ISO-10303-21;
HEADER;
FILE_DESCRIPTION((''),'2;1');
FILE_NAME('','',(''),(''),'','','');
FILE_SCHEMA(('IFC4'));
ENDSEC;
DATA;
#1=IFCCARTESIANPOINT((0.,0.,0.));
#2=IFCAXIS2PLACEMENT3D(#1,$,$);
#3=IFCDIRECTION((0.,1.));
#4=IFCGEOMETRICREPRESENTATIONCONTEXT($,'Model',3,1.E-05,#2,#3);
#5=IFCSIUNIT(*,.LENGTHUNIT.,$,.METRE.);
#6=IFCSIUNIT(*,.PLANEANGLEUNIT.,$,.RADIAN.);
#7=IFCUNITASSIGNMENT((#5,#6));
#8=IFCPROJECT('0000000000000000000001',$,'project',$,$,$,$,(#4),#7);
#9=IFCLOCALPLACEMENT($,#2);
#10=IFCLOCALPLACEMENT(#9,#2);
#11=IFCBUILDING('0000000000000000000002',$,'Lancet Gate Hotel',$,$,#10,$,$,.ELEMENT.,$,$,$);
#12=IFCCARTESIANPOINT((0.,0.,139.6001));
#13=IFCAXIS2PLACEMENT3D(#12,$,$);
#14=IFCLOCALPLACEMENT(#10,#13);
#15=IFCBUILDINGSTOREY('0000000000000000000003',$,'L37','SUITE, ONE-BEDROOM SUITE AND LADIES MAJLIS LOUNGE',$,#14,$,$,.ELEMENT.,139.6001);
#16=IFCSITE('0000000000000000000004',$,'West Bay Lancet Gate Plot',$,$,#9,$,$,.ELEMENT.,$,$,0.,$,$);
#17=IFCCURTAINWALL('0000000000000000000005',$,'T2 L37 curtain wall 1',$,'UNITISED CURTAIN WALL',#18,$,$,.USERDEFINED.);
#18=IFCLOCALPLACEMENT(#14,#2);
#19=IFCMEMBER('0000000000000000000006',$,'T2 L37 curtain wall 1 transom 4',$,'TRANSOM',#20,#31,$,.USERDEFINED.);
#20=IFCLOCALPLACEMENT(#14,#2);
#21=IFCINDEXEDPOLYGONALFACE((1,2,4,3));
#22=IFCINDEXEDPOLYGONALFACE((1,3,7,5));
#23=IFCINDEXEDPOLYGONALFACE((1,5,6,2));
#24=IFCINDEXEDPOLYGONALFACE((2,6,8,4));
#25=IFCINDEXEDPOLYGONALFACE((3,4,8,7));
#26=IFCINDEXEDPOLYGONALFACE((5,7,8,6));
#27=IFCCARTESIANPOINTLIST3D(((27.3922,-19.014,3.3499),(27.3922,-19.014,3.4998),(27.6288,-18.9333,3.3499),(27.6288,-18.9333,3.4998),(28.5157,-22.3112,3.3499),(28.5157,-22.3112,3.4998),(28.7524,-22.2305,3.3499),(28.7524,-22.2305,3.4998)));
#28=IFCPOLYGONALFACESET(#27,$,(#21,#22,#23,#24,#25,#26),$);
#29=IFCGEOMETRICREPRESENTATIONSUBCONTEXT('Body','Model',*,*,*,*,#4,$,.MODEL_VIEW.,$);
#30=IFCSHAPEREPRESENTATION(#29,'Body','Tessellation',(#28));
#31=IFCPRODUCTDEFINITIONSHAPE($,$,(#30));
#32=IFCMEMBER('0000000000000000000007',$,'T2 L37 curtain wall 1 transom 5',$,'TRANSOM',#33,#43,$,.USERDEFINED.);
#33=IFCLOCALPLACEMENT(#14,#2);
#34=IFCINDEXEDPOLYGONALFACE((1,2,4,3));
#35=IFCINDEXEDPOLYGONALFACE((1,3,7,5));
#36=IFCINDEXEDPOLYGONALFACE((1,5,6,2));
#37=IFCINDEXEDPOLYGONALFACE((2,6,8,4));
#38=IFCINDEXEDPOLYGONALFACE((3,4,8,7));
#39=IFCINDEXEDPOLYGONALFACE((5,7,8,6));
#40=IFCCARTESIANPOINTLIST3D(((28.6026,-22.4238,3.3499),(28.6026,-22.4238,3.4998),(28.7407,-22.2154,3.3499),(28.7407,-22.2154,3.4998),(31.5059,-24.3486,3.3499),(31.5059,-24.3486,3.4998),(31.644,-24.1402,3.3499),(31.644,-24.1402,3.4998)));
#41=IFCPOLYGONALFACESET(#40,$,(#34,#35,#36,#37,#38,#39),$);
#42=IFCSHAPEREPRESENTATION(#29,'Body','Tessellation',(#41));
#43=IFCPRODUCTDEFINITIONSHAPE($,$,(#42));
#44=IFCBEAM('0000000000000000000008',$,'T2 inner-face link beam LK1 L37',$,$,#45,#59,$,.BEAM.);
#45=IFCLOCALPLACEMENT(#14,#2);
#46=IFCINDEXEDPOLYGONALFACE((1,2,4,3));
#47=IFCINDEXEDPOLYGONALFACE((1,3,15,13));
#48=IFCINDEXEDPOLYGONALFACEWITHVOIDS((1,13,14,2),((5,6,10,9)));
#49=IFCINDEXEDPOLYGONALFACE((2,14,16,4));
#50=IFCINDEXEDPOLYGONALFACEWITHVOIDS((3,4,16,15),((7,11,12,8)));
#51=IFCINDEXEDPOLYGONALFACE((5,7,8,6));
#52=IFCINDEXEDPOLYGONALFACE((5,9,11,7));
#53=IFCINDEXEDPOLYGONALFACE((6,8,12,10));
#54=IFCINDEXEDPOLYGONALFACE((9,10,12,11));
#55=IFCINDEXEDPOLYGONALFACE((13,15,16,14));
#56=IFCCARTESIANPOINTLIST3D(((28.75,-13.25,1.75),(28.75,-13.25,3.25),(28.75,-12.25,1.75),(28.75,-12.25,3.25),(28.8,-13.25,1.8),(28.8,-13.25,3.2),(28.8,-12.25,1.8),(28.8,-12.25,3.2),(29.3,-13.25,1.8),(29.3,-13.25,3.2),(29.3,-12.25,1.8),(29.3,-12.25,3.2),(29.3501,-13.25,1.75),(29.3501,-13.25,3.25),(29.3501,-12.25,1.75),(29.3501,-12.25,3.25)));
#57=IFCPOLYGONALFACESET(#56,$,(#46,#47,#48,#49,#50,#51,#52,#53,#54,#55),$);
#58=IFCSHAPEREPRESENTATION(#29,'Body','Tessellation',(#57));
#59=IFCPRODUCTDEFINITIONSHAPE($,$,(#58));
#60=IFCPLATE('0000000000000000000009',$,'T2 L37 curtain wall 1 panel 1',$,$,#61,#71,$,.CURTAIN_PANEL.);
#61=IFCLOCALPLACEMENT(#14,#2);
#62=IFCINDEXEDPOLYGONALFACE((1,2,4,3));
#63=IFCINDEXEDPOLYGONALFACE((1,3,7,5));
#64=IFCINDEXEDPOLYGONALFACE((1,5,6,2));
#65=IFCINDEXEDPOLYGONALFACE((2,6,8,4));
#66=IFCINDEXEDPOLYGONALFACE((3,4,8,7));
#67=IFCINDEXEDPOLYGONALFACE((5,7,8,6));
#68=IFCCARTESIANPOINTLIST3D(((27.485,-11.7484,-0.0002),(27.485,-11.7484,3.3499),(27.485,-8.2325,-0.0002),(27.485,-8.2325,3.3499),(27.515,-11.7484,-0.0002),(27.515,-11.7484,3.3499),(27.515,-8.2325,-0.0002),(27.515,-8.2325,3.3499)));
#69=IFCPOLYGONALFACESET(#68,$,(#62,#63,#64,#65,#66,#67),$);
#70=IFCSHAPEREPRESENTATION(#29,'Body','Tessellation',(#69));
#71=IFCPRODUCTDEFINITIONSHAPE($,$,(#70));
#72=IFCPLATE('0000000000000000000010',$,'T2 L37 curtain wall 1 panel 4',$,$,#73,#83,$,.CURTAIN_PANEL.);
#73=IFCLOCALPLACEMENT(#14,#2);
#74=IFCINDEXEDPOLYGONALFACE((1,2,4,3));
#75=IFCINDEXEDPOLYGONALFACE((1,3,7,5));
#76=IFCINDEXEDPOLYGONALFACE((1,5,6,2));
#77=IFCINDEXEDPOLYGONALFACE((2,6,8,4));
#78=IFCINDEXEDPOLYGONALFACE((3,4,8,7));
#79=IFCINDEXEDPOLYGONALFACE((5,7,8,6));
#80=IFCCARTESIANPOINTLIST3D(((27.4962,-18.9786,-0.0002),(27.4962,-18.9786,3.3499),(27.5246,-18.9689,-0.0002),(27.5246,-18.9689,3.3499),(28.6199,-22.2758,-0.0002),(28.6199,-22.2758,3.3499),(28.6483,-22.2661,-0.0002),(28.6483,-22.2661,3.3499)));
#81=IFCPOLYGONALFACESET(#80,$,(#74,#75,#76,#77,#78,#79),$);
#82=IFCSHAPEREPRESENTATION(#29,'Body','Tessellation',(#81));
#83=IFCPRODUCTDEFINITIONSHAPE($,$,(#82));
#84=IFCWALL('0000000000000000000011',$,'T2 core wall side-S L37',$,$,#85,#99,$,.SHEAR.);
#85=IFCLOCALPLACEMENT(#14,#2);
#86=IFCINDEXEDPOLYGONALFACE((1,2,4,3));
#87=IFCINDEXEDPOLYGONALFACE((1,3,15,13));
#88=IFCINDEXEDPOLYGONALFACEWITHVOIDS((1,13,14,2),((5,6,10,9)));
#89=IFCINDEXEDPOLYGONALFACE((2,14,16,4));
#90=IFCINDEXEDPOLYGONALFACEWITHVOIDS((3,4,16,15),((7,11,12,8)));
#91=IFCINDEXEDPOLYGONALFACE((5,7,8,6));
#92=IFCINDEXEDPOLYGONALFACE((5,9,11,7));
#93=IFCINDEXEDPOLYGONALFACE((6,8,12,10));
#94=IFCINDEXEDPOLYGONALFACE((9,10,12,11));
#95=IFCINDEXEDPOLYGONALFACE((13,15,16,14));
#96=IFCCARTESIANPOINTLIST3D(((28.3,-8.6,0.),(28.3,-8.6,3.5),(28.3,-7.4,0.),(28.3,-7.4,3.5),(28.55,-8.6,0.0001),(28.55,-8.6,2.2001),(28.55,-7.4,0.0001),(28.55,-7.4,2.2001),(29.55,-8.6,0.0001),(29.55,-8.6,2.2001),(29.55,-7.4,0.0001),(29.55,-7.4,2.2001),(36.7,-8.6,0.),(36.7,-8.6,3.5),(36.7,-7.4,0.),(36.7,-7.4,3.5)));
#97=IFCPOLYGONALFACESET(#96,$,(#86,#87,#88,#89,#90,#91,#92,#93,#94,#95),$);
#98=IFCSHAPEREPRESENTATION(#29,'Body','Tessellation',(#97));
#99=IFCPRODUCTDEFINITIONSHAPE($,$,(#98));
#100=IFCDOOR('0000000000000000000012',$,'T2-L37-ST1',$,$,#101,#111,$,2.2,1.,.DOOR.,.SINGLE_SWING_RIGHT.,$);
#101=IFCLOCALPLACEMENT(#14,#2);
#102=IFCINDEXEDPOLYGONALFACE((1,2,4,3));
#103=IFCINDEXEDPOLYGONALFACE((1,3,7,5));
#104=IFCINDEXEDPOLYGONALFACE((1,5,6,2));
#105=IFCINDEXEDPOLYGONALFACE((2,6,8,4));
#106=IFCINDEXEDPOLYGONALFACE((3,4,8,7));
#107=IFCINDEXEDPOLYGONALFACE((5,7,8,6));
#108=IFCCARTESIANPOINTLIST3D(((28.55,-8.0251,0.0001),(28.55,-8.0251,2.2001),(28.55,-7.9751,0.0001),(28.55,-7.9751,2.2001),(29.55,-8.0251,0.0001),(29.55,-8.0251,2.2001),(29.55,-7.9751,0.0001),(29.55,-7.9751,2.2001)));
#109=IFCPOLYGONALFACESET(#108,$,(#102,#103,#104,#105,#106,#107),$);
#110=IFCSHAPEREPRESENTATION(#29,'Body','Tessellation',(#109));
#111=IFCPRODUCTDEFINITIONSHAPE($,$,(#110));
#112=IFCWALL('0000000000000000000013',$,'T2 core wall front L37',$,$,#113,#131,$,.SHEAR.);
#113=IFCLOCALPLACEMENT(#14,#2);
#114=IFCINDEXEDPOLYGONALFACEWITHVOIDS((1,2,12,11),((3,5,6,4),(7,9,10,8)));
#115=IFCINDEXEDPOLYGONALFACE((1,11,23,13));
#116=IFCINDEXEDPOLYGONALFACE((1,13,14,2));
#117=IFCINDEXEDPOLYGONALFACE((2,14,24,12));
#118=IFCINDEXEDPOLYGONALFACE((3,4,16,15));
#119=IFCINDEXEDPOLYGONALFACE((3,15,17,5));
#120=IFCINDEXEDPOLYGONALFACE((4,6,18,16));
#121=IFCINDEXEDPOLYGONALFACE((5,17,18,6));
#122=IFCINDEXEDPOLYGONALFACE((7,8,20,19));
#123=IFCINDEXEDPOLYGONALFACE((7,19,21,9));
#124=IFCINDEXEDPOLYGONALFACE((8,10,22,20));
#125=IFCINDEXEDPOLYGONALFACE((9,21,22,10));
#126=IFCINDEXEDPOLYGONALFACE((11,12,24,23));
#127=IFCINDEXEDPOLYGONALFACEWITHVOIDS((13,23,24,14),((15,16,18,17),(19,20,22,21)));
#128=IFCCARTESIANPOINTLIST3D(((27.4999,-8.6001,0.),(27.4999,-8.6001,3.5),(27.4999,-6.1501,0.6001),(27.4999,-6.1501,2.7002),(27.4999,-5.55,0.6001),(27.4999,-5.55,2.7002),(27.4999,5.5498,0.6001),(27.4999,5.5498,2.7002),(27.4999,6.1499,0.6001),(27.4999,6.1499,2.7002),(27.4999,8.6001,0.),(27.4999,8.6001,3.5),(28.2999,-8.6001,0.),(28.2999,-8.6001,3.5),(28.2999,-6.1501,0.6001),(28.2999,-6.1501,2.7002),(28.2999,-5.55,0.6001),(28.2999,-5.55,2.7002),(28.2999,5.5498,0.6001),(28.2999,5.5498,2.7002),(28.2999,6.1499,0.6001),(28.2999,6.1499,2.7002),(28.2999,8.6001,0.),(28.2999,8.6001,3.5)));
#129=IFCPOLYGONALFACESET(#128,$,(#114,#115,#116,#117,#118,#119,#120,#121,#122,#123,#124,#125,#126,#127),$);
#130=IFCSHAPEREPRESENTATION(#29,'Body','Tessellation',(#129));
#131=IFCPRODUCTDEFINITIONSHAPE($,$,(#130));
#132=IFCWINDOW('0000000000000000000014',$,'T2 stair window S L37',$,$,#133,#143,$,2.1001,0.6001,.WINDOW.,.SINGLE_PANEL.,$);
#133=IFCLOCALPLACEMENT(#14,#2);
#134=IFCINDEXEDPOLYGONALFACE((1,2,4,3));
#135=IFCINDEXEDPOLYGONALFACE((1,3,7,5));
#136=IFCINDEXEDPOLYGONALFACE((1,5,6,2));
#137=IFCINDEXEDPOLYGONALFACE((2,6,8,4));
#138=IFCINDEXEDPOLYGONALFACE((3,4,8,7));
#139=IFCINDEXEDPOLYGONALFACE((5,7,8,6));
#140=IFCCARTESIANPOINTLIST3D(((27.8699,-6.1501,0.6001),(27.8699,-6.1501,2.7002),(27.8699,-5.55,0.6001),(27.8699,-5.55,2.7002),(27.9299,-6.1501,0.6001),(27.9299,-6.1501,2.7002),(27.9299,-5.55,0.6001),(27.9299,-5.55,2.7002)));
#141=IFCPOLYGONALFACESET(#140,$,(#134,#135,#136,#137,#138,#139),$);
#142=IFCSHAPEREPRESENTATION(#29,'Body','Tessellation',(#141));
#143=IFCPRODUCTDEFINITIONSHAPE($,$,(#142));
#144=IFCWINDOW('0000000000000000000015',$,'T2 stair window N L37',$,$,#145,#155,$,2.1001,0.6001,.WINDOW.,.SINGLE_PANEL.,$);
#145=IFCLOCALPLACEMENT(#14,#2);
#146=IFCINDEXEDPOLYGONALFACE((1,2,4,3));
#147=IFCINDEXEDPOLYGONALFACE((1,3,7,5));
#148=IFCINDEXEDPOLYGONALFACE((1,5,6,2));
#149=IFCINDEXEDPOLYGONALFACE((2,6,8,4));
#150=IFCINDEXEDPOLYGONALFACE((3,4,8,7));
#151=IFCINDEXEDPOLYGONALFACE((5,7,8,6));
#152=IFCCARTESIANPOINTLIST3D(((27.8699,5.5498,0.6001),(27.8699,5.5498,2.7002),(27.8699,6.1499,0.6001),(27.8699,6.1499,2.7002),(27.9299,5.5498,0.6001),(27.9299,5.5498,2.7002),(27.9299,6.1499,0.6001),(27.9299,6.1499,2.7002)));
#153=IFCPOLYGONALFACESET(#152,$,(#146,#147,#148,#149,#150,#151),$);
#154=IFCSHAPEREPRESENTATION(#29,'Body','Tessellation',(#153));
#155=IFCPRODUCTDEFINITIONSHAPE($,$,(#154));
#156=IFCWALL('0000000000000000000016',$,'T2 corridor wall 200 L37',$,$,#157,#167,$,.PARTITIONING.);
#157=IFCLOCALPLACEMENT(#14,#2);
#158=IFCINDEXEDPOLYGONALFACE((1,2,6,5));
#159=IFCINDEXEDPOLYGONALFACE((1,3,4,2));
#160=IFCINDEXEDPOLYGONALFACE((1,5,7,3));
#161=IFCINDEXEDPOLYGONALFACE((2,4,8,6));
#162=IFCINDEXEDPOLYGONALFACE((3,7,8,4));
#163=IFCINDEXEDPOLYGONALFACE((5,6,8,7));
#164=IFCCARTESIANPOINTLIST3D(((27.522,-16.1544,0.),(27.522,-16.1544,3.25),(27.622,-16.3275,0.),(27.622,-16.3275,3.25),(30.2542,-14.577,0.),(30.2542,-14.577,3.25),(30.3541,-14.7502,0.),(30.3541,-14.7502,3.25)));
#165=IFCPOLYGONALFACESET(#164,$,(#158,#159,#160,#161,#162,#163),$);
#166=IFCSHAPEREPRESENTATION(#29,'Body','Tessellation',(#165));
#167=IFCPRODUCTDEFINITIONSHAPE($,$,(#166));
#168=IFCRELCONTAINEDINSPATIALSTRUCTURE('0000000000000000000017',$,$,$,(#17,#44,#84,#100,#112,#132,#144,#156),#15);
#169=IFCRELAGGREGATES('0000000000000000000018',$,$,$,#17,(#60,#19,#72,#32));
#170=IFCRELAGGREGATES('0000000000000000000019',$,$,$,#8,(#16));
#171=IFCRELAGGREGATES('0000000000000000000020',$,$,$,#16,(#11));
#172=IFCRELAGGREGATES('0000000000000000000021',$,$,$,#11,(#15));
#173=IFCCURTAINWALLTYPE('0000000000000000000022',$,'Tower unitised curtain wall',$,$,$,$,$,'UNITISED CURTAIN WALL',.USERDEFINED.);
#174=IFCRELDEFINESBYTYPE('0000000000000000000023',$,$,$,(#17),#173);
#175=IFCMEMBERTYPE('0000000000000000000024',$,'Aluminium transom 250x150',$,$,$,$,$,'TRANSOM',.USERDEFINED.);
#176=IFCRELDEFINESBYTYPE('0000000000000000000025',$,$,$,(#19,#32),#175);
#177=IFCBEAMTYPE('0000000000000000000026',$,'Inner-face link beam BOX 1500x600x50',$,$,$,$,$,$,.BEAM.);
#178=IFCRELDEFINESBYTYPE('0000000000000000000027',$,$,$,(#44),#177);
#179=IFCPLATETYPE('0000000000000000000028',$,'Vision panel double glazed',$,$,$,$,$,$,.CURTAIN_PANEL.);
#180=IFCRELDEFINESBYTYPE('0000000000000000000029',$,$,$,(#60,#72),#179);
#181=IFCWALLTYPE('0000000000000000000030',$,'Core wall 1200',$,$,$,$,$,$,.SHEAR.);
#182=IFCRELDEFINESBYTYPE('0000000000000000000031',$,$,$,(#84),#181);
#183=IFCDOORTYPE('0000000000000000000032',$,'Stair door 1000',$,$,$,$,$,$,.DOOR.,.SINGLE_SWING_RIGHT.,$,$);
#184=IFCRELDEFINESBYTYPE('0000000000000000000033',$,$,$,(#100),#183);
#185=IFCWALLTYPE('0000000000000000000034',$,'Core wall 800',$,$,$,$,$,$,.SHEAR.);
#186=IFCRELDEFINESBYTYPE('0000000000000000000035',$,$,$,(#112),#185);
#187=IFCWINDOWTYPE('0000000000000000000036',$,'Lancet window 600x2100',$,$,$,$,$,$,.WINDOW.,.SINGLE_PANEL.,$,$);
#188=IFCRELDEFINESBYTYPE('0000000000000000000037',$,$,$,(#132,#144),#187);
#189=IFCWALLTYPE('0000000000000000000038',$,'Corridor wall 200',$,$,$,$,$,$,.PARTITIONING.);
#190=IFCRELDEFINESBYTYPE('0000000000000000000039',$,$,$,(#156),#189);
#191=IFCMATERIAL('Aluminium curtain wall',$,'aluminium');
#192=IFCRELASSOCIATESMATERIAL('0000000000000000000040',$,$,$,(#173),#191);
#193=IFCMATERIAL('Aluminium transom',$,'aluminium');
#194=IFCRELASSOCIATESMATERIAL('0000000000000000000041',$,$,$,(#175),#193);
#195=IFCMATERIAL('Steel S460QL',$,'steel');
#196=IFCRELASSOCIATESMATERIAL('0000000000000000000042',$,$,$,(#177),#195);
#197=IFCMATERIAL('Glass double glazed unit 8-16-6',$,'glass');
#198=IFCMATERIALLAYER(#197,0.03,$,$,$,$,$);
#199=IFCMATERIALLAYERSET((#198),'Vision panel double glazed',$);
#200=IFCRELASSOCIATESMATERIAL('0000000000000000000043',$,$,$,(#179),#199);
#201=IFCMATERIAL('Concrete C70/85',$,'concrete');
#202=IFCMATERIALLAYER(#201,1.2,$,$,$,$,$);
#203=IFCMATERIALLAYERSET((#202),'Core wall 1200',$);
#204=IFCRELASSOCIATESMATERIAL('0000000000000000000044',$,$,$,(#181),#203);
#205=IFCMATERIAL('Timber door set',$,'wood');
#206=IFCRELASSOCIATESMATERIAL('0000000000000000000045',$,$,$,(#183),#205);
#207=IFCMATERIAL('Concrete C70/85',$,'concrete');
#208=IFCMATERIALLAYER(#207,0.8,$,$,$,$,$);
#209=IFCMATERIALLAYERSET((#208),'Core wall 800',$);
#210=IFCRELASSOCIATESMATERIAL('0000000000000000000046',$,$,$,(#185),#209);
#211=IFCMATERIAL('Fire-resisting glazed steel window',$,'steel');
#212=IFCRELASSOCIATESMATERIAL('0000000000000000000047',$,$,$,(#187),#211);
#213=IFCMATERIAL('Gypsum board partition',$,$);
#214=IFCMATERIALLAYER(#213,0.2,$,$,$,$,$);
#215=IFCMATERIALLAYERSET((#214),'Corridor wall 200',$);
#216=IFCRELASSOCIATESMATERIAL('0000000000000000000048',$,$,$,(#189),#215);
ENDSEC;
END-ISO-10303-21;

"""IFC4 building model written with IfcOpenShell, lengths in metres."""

from ifc_helpers import new_model, si_unit, direction, frame, frame_2d, origin, origin_2d, place, context, subcontext, project, spatial, rectangle, hollow_rectangle, extrude, material, layer, layer_set, material_profile, profile_set, type_object, element, fill, aggregate, save


model = new_model("IFC4")

# Units and contexts
model_context = context("Model", 3, precision=1e-05, world=origin(), true_north=direction((0.0, 1.0)))
body_context = subcontext(model_context, "Body", "Model", "MODEL_VIEW")
ifc_project = project(units=[si_unit("LENGTHUNIT", "METRE"), si_unit("PLANEANGLEUNIT", "RADIAN")], contexts=[model_context])

# Site, building, storey
site_placement = place(None, origin())
site = spatial("IfcSite", under=ifc_project, at=site_placement, Name="West Bay Lancet Gate Plot", CompositionType="ELEMENT", RefElevation=0.0)
building_placement = place(site_placement, origin())
building = spatial("IfcBuilding", under=site, at=building_placement, Name="Lancet Gate Hotel", CompositionType="ELEMENT")
storey_placement = place(building_placement, frame((0.0, 0.0, 139.6001)))
storey = spatial("IfcBuildingStorey", under=building, at=storey_placement, Name="L37", Description="SUITE, ONE-BEDROOM SUITE AND LADIES MAJLIS LOUNGE", CompositionType="ELEMENT", Elevation=139.6001)

# Curtain wall, members
ifc_material_1 = material(Name="Aluminium curtain wall", Category="aluminium")
curtain_wall_type = type_object("IfcCurtainWallType", Name="Tower unitised curtain wall", ElementType="UNITISED CURTAIN WALL", PredefinedType="USERDEFINED", material=ifc_material_1)
curtain_wall_placement = place(storey_placement, origin())
curtain_wall = element("IfcCurtainWall", 1, at=curtain_wall_placement, inside=storey, type_object=curtain_wall_type, Name="T2 L37 curtain wall 1", ObjectType="UNITISED CURTAIN WALL", PredefinedType="USERDEFINED")
ifc_material_2 = material(Name="Aluminium transom", Category="aluminium")
ifc_material_profile_1 = material_profile(ifc_material_2, rectangle(XDim=0.25, YDim=0.1499, at=origin_2d()), Name="TRANSOM 250x150")
ifc_profile_set_1 = profile_set([ifc_material_profile_1], Name="Aluminium transom")
member_type_1 = type_object("IfcMemberType", Name="Aluminium transom 250x150", ElementType="TRANSOM", PredefinedType="USERDEFINED", material=ifc_profile_set_1)
member_1_placement = place(storey_placement, frame((27.5105, -18.9736, 3.4248), z_axis=(0.32255, -0.946553, 0.0), x_axis=(0.946553, 0.32255, 0.0)))
member_1 = element("IfcMember", 2, at=member_1_placement, type_object=member_type_1, Name="T2 L37 curtain wall 1 transom 4", ObjectType="TRANSOM", PredefinedType="USERDEFINED", context=body_context, shape_type="SweptSolid", body=[
    extrude(rectangle(XDim=0.25, YDim=0.1499, at=origin_2d()), origin(), (0.0, 0.0, 1.0), 3.4834),
])
member_2_placement = place(storey_placement, frame((28.6716, -22.3196, 3.4248), z_axis=(0.833471, -0.552563, 0.0), x_axis=(0.552563, 0.833471, 0.0)))
member_2 = element("IfcMember", 3, at=member_2_placement, type_object=member_type_1, Name="T2 L37 curtain wall 1 transom 5", ObjectType="TRANSOM", PredefinedType="USERDEFINED", context=body_context, shape_type="SweptSolid", body=[
    extrude(rectangle(XDim=0.25, YDim=0.1499, at=origin_2d()), origin(), (0.0, 0.0, 1.0), 3.4834),
])

# Beam
ifc_material_3 = material(Name="Steel S460QL", Category="steel")
ifc_material_profile_2 = material_profile(ifc_material_3, hollow_rectangle(XDim=0.6001, YDim=1.5, WallThickness=0.05, at=origin_2d()), Name="BOX 1500x600x50")
ifc_profile_set_2 = profile_set([ifc_material_profile_2], Name="Steel S460QL")
beam_type = type_object("IfcBeamType", Name="Inner-face link beam BOX 1500x600x50", PredefinedType="BEAM", material=ifc_profile_set_2)
beam_placement = place(storey_placement, frame((29.05, -13.25, 2.5), z_axis=(0.0, 1.0, 0.0), x_axis=(-1.0, 0.0, 0.0)))
element("IfcBeam", 4, at=beam_placement, inside=storey, type_object=beam_type, Name="T2 inner-face link beam LK1 L37", PredefinedType="BEAM", context=body_context, shape_type="SweptSolid", body=[
    extrude(hollow_rectangle(XDim=0.6001, YDim=1.5, WallThickness=0.05, at=origin_2d()), origin(), (0.0, 0.0, 1.0), 1.0),
])

# Plates
ifc_material_4 = material(Name="Glass double glazed unit 8-16-6", Category="glass")
ifc_layer_1 = layer(ifc_material_4, 0.03)
ifc_layer_set_1 = layer_set([ifc_layer_1], Name="Vision panel double glazed")
plate_type = type_object("IfcPlateType", Name="Vision panel double glazed", PredefinedType="CURTAIN_PANEL", material=ifc_layer_set_1)
plate_1_placement = place(storey_placement, frame((27.5, -9.9905, -0.0002), z_axis=(0.0, 0.0, 1.0), x_axis=(0.0, -1.0, 0.0)))
plate_1 = element("IfcPlate", 5, at=plate_1_placement, type_object=plate_type, Name="T2 L37 curtain wall 1 panel 1", PredefinedType="CURTAIN_PANEL", context=body_context, shape_type="SweptSolid", body=[
    extrude(rectangle(XDim=3.5159, YDim=0.03, at=origin_2d()), origin(), (0.0, 0.0, 1.0), 3.3501),
])
plate_2_placement = place(storey_placement, frame((28.0723, -20.6223, -0.0002), z_axis=(0.0, 0.0, 1.0), x_axis=(0.322576, -0.946544, 0.0)))
plate_2 = element("IfcPlate", 6, at=plate_2_placement, type_object=plate_type, Name="T2 L37 curtain wall 1 panel 4", PredefinedType="CURTAIN_PANEL", context=body_context, shape_type="SweptSolid", body=[
    extrude(rectangle(XDim=3.4834, YDim=0.03, at=origin_2d()), origin(), (0.0, 0.0, 1.0), 3.3501),
])
aggregate(curtain_wall, [plate_1, member_1, plate_2, member_2])

# Wall, opening, door
ifc_material_5 = material(Name="Concrete C70/85", Category="concrete")
ifc_layer_2 = layer(ifc_material_5, 1.2)
ifc_layer_set_2 = layer_set([ifc_layer_2], Name="Core wall 1200")
wall_type_1 = type_object("IfcWallType", Name="Core wall 1200", PredefinedType="SHEAR", material=ifc_layer_set_2)
wall_1_placement = place(storey_placement, frame((28.3, -8.0, 0.0), z_axis=(0.0, 0.0, 1.0), x_axis=(1.0, 0.0, 0.0)))
wall_1 = element("IfcWall", 7, at=wall_1_placement, inside=storey, type_object=wall_type_1, Name="T2 core wall side-S L37", PredefinedType="SHEAR", context=body_context, shape_type="SweptSolid", body=[
    extrude(rectangle(XDim=8.3999, YDim=1.2, at=frame_2d((4.2, 0.0))), origin(), (0.0, 0.0, 1.0), 3.5),
])
opening_1_placement = place(wall_1_placement, frame((0.25, 0.0, 0.0)))
opening_1 = element("IfcOpeningElement", 8, at=opening_1_placement, cuts=wall_1, PredefinedType="OPENING", context=body_context, shape_type="SweptSolid", body=[
    extrude(rectangle(XDim=1.0, YDim=2.2, at=frame_2d((0.5, 1.1001))), frame((0.0, 0.6099, 0.0), z_axis=(0.0, -1.0, 0.0), x_axis=(1.0, 0.0, 0.0)), (0.0, 0.0, 1.0), 1.22),
])
ifc_material_6 = material(Name="Timber door set", Category="wood")
door_type = type_object("IfcDoorType", Name="Stair door 1000", OperationType="SINGLE_SWING_RIGHT", PredefinedType="DOOR", material=ifc_material_6)
door_placement = place(opening_1_placement, origin())
door = element("IfcDoor", 9, at=door_placement, inside=storey, type_object=door_type, Name="T2-L37-ST1", OperationType="SINGLE_SWING_RIGHT", OverallHeight=2.2, OverallWidth=1.0, PredefinedType="DOOR", context=body_context, shape_type="SweptSolid", body=[
    extrude(rectangle(XDim=1.0, YDim=2.2, at=frame_2d((0.5, 1.1001))), frame((0.0, 0.0249, 0.0), z_axis=(0.0, -1.0, 0.0), x_axis=(1.0, 0.0, 0.0)), (0.0, 0.0, 1.0), 0.05),
])
fill(opening_1, door)

# Wall, openings, windows
ifc_material_7 = material(Name="Concrete C70/85", Category="concrete")
ifc_layer_3 = layer(ifc_material_7, 0.8)
ifc_layer_set_3 = layer_set([ifc_layer_3], Name="Core wall 800")
wall_type_2 = type_object("IfcWallType", Name="Core wall 800", PredefinedType="SHEAR", material=ifc_layer_set_3)
wall_2_placement = place(storey_placement, frame((27.8999, -8.6001, 0.0), z_axis=(0.0, 0.0, 1.0), x_axis=(0.0, 1.0, 0.0)))
wall_2 = element("IfcWall", 10, at=wall_2_placement, inside=storey, type_object=wall_type_2, Name="T2 core wall front L37", PredefinedType="SHEAR", context=body_context, shape_type="SweptSolid", body=[
    extrude(rectangle(XDim=17.2002, YDim=0.8, at=frame_2d((8.6001, 0.0))), origin(), (0.0, 0.0, 1.0), 3.5),
])
opening_2_placement = place(wall_2_placement, frame((2.45, 0.0, 0.6001)))
opening_2 = element("IfcOpeningElement", 11, at=opening_2_placement, cuts=wall_2, PredefinedType="OPENING", context=body_context, shape_type="SweptSolid", body=[
    extrude(rectangle(XDim=0.6001, YDim=2.1001, at=frame_2d((0.3, 1.05))), frame((0.0, 0.4099, 0.0), z_axis=(0.0, -1.0, 0.0), x_axis=(1.0, 0.0, 0.0)), (0.0, 0.0, 1.0), 0.8201),
])
opening_3_placement = place(wall_2_placement, frame((14.1499, 0.0, 0.6001)))
opening_3 = element("IfcOpeningElement", 12, at=opening_3_placement, cuts=wall_2, PredefinedType="OPENING", context=body_context, shape_type="SweptSolid", body=[
    extrude(rectangle(XDim=0.6001, YDim=2.1001, at=frame_2d((0.3, 1.05))), frame((0.0, 0.4099, 0.0), z_axis=(0.0, -1.0, 0.0), x_axis=(1.0, 0.0, 0.0)), (0.0, 0.0, 1.0), 0.8201),
])
ifc_material_8 = material(Name="Fire-resisting glazed steel window", Category="steel")
window_type = type_object("IfcWindowType", Name="Lancet window 600x2100", PartitioningType="SINGLE_PANEL", PredefinedType="WINDOW", material=ifc_material_8)
window_1_placement = place(opening_2_placement, origin())
window_1 = element("IfcWindow", 13, at=window_1_placement, inside=storey, type_object=window_type, Name="T2 stair window S L37", OverallHeight=2.1001, OverallWidth=0.6001, PartitioningType="SINGLE_PANEL", PredefinedType="WINDOW", context=body_context, shape_type="SweptSolid", body=[
    extrude(rectangle(XDim=0.6001, YDim=2.1001, at=frame_2d((0.3, 1.05))), frame((0.0, 0.03, 0.0), z_axis=(0.0, -1.0, 0.0), x_axis=(1.0, 0.0, 0.0)), (0.0, 0.0, 1.0), 0.0601),
])
fill(opening_2, window_1)
window_2_placement = place(opening_3_placement, origin())
window_2 = element("IfcWindow", 14, at=window_2_placement, inside=storey, type_object=window_type, Name="T2 stair window N L37", OverallHeight=2.1001, OverallWidth=0.6001, PartitioningType="SINGLE_PANEL", PredefinedType="WINDOW", context=body_context, shape_type="SweptSolid", body=[
    extrude(rectangle(XDim=0.6001, YDim=2.1001, at=frame_2d((0.3, 1.05))), frame((0.0, 0.03, 0.0), z_axis=(0.0, -1.0, 0.0), x_axis=(1.0, 0.0, 0.0)), (0.0, 0.0, 1.0), 0.0601),
])
fill(opening_3, window_2)

# Wall
ifc_material_9 = material(Name="Gypsum board partition")
ifc_layer_4 = layer(ifc_material_9, 0.2)
ifc_layer_set_4 = layer_set([ifc_layer_4], Name="Corridor wall 200")
wall_type_3 = type_object("IfcWallType", Name="Corridor wall 200", PredefinedType="PARTITIONING", material=ifc_layer_set_4)
wall_3_placement = place(storey_placement, frame((27.572, -16.241, 0.0), z_axis=(0.0, 0.0, 1.0), x_axis=(0.86603, 0.499993, 0.0)))
element("IfcWall", 15, at=wall_3_placement, inside=storey, type_object=wall_type_3, Name="T2 corridor wall 200 L37", PredefinedType="PARTITIONING", context=body_context, shape_type="SweptSolid", body=[
    extrude(rectangle(XDim=3.1548, YDim=0.2, at=frame_2d((1.5774, 0.0))), origin(), (0.0, 0.0, 1.0), 3.25),
])

save(model, "model.ifc")
